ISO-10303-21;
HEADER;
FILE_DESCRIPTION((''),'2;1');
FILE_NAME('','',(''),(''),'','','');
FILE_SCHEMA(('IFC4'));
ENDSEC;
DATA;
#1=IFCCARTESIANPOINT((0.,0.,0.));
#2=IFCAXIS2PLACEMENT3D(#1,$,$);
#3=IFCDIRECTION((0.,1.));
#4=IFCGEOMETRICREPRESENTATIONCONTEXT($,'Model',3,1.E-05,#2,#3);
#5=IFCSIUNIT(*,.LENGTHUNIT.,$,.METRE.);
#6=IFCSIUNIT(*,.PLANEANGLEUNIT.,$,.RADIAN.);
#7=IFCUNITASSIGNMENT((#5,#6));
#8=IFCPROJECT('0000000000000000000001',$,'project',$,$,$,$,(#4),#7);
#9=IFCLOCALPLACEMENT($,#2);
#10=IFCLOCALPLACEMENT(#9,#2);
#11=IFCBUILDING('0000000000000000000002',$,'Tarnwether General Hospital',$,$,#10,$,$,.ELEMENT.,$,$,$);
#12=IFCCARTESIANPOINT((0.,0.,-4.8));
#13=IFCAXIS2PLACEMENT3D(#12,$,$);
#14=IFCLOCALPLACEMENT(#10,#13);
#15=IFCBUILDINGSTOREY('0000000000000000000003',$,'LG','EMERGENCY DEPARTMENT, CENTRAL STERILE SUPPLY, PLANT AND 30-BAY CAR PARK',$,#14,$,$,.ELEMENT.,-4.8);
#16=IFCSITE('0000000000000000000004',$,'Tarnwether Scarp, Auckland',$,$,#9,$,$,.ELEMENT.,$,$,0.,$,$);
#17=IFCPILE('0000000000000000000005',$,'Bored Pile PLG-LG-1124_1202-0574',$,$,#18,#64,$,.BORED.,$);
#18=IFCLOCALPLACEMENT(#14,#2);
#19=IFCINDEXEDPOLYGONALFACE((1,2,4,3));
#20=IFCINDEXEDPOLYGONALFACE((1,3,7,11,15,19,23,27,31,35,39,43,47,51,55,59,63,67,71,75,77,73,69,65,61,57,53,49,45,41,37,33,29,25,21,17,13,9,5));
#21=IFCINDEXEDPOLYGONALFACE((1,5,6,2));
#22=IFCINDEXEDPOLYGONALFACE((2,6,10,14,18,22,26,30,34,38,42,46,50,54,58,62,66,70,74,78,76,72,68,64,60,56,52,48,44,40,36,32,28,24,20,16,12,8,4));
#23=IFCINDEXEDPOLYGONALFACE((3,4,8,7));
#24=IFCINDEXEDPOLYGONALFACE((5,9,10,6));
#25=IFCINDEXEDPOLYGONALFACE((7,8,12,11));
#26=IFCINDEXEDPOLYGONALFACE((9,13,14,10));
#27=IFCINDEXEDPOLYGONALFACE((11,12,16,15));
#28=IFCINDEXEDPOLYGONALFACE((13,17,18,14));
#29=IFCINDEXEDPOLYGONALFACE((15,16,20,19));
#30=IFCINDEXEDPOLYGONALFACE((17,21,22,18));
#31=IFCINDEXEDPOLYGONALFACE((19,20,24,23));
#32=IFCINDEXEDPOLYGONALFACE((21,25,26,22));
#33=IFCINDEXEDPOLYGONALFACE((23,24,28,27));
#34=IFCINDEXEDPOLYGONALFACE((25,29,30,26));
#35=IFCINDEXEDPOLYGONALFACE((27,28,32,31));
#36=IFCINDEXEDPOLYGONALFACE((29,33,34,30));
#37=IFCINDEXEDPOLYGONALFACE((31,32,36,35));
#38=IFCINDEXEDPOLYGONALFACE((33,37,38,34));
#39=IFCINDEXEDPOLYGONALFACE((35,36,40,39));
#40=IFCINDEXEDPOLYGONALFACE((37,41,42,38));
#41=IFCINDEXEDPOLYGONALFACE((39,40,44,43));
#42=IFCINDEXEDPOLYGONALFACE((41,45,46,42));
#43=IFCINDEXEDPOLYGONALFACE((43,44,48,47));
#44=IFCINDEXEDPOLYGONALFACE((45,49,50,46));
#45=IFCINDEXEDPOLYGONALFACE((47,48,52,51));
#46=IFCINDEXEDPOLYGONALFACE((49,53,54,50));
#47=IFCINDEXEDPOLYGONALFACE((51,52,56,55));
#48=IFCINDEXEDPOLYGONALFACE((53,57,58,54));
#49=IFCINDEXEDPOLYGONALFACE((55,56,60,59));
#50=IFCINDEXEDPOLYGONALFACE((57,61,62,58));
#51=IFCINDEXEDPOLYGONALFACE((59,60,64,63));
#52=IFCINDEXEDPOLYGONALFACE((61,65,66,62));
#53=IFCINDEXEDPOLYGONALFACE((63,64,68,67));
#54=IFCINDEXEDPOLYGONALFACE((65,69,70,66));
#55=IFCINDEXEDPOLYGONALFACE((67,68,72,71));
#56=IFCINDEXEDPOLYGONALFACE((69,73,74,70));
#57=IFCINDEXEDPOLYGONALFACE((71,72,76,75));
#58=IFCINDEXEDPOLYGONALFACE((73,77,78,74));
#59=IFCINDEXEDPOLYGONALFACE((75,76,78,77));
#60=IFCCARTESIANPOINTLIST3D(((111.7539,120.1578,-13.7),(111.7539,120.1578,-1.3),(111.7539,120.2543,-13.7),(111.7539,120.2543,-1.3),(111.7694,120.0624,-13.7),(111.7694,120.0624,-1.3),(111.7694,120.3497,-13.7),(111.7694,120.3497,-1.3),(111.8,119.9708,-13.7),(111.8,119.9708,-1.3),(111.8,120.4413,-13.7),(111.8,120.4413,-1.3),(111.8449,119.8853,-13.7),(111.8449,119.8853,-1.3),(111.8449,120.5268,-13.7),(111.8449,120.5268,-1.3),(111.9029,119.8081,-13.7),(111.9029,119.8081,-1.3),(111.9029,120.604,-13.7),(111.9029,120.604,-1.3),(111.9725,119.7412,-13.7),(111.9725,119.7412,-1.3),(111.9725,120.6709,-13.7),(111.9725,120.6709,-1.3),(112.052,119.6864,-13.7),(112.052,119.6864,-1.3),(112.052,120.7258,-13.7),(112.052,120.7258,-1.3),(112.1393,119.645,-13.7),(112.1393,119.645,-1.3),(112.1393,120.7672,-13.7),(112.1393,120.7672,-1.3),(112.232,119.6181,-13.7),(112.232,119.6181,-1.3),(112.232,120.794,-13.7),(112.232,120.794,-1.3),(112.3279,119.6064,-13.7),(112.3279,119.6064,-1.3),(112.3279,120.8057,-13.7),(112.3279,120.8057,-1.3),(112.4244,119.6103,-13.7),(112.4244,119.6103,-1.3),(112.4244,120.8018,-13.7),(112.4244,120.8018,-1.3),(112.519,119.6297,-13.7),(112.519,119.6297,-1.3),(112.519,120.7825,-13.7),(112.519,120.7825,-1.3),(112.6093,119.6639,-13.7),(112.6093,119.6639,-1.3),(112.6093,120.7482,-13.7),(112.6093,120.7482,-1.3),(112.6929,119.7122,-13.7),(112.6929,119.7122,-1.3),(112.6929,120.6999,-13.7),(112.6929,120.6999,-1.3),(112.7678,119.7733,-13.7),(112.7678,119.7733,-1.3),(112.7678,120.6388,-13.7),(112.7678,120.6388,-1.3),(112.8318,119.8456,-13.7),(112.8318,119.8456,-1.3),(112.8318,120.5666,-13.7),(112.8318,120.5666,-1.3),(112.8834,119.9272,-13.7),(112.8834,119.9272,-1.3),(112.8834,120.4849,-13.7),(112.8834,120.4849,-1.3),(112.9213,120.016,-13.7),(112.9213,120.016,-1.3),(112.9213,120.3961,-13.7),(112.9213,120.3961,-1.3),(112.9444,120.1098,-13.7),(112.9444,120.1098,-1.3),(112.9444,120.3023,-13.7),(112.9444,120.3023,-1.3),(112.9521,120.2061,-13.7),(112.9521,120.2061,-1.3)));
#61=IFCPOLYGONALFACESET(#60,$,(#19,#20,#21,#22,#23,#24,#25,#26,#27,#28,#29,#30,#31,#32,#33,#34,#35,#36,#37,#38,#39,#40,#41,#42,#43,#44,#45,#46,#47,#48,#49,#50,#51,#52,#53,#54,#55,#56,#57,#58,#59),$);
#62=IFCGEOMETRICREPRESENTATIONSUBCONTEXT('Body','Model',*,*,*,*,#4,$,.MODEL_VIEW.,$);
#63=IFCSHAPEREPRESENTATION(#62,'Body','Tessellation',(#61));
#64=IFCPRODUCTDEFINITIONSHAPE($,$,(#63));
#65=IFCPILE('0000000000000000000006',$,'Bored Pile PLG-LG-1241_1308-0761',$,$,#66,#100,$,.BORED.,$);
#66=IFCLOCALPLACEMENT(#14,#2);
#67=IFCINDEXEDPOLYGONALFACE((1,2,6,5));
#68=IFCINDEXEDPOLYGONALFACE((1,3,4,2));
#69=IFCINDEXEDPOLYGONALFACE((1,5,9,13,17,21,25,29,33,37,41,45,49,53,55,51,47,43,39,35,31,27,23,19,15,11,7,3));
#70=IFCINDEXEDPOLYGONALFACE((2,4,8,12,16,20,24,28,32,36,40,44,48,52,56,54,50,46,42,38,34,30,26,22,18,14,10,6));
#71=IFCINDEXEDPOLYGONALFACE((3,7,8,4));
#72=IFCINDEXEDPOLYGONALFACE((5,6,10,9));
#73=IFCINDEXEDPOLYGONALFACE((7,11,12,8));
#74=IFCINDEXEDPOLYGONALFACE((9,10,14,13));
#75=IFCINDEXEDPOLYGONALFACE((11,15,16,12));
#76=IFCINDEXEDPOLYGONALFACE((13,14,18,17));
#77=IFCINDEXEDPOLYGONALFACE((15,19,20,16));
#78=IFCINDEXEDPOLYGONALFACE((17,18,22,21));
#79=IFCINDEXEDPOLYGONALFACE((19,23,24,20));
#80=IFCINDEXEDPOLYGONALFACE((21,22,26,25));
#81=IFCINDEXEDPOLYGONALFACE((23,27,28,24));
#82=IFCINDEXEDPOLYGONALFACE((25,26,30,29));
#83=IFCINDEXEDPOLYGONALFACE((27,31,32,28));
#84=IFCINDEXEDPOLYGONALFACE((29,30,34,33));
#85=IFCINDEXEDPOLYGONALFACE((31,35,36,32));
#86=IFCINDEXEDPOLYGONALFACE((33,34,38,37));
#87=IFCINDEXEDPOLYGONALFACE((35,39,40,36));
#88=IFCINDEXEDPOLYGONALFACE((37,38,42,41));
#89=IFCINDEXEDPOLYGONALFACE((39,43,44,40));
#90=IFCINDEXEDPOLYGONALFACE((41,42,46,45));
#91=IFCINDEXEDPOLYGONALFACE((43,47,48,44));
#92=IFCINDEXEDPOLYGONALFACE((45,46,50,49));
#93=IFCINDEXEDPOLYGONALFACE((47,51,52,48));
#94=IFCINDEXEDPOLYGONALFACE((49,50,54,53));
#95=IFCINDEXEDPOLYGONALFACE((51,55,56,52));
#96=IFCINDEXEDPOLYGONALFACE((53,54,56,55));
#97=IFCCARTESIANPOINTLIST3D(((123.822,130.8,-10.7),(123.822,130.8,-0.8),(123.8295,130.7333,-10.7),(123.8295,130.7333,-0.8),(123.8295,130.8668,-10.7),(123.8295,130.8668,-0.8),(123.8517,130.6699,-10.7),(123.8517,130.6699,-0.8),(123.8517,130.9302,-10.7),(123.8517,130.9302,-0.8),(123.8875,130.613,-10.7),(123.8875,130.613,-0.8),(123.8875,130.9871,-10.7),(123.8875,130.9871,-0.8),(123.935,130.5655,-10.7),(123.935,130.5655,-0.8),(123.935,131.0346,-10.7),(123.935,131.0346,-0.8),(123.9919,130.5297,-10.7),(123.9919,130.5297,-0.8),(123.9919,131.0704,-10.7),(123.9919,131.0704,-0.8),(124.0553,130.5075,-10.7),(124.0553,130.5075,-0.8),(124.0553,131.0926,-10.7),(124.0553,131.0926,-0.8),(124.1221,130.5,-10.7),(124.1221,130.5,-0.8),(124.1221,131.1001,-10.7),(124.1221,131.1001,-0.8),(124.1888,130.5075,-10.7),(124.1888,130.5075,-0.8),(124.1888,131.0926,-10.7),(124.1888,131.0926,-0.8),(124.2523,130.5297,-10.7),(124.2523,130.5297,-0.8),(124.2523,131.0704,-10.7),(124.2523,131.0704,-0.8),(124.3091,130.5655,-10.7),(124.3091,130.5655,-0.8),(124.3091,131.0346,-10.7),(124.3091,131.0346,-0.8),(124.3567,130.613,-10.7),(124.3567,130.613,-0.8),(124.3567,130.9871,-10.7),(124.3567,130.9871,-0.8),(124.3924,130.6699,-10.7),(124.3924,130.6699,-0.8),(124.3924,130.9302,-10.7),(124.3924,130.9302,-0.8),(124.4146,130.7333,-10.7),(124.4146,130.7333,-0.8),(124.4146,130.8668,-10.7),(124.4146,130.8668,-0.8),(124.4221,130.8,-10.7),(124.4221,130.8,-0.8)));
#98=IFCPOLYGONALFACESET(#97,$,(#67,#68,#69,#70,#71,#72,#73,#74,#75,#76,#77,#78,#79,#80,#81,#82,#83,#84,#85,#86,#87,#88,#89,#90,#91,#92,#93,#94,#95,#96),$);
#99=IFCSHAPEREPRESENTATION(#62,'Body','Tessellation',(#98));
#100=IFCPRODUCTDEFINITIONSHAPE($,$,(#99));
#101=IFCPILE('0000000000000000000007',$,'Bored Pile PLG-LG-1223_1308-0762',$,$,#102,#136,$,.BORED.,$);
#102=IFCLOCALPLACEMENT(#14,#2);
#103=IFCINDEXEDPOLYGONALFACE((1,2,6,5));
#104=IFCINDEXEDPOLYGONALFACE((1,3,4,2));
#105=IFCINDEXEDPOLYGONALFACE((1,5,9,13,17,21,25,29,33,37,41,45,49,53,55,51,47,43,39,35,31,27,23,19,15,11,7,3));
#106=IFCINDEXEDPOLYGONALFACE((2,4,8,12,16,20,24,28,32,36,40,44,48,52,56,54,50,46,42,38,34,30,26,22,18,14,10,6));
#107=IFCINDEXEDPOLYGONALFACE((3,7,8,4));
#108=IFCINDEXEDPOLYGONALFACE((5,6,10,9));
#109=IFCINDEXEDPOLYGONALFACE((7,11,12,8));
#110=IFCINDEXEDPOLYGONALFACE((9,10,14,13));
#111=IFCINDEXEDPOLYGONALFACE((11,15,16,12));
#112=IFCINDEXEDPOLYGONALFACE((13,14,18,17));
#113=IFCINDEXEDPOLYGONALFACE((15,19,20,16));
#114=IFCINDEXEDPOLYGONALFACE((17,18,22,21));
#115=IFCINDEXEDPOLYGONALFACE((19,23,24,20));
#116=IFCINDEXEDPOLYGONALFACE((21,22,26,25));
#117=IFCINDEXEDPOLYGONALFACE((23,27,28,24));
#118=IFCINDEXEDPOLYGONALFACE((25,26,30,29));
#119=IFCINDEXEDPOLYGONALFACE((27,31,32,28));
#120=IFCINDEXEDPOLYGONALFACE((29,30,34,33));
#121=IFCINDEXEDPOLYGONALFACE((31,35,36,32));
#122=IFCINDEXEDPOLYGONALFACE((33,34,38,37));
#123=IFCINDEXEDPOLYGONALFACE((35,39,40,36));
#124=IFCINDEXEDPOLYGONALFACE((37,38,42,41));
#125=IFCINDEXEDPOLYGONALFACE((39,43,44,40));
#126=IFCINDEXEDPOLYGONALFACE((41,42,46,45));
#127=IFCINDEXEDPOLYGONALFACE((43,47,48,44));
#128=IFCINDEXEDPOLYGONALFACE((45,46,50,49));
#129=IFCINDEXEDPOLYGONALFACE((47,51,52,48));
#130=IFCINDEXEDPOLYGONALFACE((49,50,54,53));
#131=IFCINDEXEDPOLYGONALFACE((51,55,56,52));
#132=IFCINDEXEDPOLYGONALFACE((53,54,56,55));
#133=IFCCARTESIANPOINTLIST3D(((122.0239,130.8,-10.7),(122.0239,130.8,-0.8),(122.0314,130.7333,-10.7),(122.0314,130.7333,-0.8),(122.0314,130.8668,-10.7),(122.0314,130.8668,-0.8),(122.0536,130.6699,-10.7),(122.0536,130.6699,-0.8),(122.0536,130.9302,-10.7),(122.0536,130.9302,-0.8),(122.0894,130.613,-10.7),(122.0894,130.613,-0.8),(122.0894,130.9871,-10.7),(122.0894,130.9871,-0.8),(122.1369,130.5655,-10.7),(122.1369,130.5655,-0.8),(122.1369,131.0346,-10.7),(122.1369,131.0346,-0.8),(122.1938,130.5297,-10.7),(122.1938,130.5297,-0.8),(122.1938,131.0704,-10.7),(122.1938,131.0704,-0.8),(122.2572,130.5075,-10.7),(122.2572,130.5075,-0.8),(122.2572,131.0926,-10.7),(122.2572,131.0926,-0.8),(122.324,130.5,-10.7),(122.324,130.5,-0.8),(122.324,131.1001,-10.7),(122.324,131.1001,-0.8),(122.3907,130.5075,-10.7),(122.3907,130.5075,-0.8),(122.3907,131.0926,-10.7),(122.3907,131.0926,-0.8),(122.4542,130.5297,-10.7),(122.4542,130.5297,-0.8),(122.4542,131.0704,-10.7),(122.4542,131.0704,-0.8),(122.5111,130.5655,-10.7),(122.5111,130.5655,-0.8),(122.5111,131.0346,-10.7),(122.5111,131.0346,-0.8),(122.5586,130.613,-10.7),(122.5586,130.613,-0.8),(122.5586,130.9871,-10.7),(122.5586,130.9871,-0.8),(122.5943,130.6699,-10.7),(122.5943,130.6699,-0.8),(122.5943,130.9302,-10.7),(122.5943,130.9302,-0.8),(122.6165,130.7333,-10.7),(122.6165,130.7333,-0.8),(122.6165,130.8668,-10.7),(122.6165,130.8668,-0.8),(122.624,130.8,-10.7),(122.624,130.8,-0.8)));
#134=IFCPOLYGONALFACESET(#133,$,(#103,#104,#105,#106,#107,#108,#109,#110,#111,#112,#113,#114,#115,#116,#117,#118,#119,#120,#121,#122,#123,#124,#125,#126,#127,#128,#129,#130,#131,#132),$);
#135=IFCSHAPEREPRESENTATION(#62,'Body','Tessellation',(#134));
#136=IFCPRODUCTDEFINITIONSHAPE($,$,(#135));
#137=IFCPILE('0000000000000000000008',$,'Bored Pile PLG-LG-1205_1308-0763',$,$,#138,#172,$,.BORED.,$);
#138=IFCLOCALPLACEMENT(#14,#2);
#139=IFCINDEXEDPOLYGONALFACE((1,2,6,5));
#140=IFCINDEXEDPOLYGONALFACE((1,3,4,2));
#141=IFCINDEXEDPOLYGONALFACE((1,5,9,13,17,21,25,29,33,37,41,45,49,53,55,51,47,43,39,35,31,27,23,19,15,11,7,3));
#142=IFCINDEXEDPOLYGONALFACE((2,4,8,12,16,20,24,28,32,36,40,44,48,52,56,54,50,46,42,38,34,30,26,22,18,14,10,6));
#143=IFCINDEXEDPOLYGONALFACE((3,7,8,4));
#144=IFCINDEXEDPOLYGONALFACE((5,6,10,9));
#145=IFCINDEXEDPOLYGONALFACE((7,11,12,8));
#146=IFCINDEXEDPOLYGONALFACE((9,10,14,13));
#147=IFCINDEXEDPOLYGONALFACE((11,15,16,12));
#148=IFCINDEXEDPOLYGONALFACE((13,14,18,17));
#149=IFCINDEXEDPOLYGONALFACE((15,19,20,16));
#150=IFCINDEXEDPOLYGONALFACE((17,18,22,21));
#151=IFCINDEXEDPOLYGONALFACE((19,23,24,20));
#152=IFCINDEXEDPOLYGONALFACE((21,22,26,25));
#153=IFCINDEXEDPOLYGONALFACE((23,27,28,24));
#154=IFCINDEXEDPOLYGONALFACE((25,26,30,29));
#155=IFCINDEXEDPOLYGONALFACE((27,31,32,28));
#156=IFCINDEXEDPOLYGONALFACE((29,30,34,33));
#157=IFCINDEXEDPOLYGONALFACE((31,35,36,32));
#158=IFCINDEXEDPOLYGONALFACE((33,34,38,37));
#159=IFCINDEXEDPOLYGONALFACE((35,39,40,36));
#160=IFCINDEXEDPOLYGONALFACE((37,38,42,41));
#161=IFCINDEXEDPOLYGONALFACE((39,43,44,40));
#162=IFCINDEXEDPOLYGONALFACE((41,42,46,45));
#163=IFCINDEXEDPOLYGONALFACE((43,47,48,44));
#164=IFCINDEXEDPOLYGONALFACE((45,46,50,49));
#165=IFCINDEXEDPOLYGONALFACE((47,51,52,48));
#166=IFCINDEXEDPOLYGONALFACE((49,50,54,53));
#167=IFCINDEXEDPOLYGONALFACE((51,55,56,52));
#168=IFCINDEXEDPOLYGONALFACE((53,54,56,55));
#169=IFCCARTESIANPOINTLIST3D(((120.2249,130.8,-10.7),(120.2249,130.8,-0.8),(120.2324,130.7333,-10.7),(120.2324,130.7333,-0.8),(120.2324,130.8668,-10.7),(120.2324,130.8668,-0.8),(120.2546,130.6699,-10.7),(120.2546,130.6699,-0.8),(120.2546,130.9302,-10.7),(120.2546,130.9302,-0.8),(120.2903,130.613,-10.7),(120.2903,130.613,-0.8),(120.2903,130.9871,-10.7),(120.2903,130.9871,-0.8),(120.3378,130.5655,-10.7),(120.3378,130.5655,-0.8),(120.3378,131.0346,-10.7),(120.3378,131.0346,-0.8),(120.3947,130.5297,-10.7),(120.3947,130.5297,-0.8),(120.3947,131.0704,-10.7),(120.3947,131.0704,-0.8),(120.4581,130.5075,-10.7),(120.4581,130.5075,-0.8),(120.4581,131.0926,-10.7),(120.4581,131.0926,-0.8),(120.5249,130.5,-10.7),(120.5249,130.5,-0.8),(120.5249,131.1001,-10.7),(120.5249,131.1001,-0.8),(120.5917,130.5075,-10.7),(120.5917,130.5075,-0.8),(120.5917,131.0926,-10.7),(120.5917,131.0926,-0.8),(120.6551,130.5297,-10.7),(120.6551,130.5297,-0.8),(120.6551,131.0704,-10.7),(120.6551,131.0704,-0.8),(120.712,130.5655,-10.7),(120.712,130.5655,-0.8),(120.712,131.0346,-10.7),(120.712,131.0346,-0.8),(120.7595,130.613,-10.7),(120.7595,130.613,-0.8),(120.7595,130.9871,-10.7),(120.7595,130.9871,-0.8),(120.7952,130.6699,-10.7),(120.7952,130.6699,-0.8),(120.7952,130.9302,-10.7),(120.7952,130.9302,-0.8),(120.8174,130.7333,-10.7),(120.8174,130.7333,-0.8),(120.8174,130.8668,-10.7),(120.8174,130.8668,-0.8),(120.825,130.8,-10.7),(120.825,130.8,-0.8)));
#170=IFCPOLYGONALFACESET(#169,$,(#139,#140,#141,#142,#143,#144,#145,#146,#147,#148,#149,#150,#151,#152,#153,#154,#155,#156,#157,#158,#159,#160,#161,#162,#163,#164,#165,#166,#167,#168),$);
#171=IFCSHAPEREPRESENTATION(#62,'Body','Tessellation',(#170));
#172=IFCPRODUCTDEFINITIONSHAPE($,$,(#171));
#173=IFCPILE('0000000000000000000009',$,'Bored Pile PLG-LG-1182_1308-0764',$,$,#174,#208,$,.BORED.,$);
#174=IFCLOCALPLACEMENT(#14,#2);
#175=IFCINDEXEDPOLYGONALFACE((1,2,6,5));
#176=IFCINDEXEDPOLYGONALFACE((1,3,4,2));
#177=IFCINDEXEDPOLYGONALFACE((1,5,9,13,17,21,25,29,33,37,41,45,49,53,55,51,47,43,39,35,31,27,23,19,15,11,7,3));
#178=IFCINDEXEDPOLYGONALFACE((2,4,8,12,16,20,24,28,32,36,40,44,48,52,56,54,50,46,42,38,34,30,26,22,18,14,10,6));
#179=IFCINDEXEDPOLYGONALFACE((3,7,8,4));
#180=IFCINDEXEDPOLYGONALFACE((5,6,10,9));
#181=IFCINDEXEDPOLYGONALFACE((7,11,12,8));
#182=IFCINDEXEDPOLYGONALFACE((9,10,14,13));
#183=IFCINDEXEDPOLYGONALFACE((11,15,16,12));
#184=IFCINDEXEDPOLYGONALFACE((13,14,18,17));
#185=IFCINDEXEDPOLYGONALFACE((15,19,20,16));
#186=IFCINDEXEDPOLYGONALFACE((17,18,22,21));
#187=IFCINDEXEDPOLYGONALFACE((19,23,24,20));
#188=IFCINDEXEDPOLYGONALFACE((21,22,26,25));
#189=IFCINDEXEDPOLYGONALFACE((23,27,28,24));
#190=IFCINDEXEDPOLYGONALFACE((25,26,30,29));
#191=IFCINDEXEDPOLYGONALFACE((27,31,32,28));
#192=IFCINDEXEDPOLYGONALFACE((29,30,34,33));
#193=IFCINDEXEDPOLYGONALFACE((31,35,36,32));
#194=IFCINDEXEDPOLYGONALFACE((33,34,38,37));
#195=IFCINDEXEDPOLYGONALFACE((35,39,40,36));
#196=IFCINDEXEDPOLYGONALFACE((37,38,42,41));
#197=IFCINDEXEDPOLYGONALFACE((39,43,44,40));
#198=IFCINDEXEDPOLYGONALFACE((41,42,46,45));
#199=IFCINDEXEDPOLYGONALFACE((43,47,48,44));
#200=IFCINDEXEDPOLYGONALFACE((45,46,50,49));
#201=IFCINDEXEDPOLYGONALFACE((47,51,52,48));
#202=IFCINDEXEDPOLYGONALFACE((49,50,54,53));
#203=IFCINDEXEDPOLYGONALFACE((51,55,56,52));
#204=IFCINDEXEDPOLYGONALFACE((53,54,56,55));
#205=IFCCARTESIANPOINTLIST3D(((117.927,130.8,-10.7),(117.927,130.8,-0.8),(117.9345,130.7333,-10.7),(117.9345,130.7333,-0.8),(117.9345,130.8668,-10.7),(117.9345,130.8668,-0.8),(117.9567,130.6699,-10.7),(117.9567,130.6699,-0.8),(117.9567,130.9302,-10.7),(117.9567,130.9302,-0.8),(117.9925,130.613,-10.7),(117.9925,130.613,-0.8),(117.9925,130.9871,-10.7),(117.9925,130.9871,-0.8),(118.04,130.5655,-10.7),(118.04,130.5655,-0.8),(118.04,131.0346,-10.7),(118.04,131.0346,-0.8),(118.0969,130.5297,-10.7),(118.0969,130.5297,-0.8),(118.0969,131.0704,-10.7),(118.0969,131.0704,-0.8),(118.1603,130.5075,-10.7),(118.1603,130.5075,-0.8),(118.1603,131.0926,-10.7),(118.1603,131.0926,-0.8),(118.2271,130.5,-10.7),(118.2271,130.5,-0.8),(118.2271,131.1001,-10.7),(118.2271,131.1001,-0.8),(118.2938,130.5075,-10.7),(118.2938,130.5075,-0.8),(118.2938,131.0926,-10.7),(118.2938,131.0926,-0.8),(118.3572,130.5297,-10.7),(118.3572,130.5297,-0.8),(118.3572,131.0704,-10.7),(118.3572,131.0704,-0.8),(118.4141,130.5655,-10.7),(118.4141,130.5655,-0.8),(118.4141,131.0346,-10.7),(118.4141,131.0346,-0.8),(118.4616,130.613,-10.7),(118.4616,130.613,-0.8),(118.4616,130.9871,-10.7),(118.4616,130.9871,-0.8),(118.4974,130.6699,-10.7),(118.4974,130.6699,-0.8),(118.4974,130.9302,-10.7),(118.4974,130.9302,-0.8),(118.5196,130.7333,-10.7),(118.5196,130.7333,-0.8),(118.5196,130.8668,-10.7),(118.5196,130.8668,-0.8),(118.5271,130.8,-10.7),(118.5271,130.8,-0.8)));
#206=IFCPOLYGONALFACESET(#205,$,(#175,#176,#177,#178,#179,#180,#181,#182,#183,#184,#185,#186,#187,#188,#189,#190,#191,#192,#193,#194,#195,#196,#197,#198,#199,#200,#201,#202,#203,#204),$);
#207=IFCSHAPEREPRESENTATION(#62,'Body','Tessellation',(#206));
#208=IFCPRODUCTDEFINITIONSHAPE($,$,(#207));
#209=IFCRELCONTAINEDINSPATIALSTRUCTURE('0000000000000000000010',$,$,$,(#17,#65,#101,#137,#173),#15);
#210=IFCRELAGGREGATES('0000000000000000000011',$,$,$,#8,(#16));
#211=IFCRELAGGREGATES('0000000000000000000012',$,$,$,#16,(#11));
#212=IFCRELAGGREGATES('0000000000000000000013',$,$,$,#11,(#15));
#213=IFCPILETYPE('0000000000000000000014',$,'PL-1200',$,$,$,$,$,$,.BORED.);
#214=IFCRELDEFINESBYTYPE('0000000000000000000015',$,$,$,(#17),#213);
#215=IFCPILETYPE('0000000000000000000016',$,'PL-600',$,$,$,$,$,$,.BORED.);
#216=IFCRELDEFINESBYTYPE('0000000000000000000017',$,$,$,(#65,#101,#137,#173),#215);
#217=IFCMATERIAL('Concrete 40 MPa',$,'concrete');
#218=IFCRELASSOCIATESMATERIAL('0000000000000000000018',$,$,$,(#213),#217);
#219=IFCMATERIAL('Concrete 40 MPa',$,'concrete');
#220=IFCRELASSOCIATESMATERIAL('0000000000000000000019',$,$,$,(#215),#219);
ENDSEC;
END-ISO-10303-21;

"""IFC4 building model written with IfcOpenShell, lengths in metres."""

from ifc_helpers import new_model, si_unit, direction, frame, origin, origin_2d, place, context, subcontext, project, spatial, circle, extrude, material, material_profile, profile_set, type_object, element, save


model = new_model("IFC4")

# Units and contexts
model_context = context("Model", 3, precision=1e-05, world=origin(), true_north=direction((0.0, 1.0)))
body_context = subcontext(model_context, "Body", "Model", "MODEL_VIEW")
ifc_project = project(units=[si_unit("LENGTHUNIT", "METRE"), si_unit("PLANEANGLEUNIT", "RADIAN")], contexts=[model_context])

# Site, building, storey
site_placement = place(None, origin())
site = spatial("IfcSite", under=ifc_project, at=site_placement, Name="Tarnwether Scarp, Auckland", CompositionType="ELEMENT", RefElevation=0.0)
building_placement = place(site_placement, origin())
building = spatial("IfcBuilding", under=site, at=building_placement, Name="Tarnwether General Hospital", CompositionType="ELEMENT")
storey_placement = place(building_placement, frame((0.0, 0.0, -4.8)))
storey = spatial("IfcBuildingStorey", under=building, at=storey_placement, Name="LG", Description="EMERGENCY DEPARTMENT, CENTRAL STERILE SUPPLY, PLANT AND 30-BAY CAR PARK", CompositionType="ELEMENT", Elevation=-4.8)

# Piles
ifc_material_1 = material(Name="Concrete 40 MPa", Category="concrete")
ifc_material_profile_1 = material_profile(ifc_material_1, circle(Radius=0.6001, at=origin_2d()), Name="PILE-D1200")
ifc_profile_set_1 = profile_set([ifc_material_profile_1], Name="Concrete 40 MPa")
pile_type_1 = type_object("IfcPileType", Name="PL-1200", PredefinedType="BORED", material=ifc_profile_set_1)
for number, where, z_axis, x_axis, name in (
    (1, (112.3521, 120.2061, -1.3), (0.0, 0.0, -1.0), (1.0, 0.0, 0.0), "Bored Pile PLG-LG-1124_1202-0574"),
):
    element("IfcPile", number, at=place(storey_placement, frame(where, z_axis=z_axis, x_axis=x_axis)), inside=storey, type_object=pile_type_1, Name=name, PredefinedType="BORED", context=body_context, shape_type="SweptSolid", body=[
        extrude(circle(Radius=0.6001, at=origin_2d()), origin(), (0.0, 0.0, 1.0), 12.3999),
    ])
ifc_material_2 = material(Name="Concrete 40 MPa", Category="concrete")
ifc_material_profile_2 = material_profile(ifc_material_2, circle(Radius=0.3, at=origin_2d()), Name="PILE-D600")
ifc_profile_set_2 = profile_set([ifc_material_profile_2], Name="Concrete 40 MPa")
pile_type_2 = type_object("IfcPileType", Name="PL-600", PredefinedType="BORED", material=ifc_profile_set_2)
for number, where, z_axis, x_axis, name in (
    (2, (124.1221, 130.8, -0.8), (0.0, 0.0, -1.0), (1.0, 0.0, 0.0), "Bored Pile PLG-LG-1241_1308-0761"),
    (3, (122.324, 130.8, -0.8), (0.0, 0.0, -1.0), (1.0, 0.0, 0.0), "Bored Pile PLG-LG-1223_1308-0762"),
    (4, (120.5249, 130.8, -0.8), (0.0, 0.0, -1.0), (1.0, 0.0, 0.0), "Bored Pile PLG-LG-1205_1308-0763"),
    (5, (118.2271, 130.8, -0.8), (0.0, 0.0, -1.0), (1.0, 0.0, 0.0), "Bored Pile PLG-LG-1182_1308-0764"),
):
    element("IfcPile", number, at=place(storey_placement, frame(where, z_axis=z_axis, x_axis=x_axis)), inside=storey, type_object=pile_type_2, Name=name, PredefinedType="BORED", context=body_context, shape_type="SweptSolid", body=[
        extrude(circle(Radius=0.3, at=origin_2d()), origin(), (0.0, 0.0, 1.0), 9.8999),
    ])

save(model, "model.ifc")
